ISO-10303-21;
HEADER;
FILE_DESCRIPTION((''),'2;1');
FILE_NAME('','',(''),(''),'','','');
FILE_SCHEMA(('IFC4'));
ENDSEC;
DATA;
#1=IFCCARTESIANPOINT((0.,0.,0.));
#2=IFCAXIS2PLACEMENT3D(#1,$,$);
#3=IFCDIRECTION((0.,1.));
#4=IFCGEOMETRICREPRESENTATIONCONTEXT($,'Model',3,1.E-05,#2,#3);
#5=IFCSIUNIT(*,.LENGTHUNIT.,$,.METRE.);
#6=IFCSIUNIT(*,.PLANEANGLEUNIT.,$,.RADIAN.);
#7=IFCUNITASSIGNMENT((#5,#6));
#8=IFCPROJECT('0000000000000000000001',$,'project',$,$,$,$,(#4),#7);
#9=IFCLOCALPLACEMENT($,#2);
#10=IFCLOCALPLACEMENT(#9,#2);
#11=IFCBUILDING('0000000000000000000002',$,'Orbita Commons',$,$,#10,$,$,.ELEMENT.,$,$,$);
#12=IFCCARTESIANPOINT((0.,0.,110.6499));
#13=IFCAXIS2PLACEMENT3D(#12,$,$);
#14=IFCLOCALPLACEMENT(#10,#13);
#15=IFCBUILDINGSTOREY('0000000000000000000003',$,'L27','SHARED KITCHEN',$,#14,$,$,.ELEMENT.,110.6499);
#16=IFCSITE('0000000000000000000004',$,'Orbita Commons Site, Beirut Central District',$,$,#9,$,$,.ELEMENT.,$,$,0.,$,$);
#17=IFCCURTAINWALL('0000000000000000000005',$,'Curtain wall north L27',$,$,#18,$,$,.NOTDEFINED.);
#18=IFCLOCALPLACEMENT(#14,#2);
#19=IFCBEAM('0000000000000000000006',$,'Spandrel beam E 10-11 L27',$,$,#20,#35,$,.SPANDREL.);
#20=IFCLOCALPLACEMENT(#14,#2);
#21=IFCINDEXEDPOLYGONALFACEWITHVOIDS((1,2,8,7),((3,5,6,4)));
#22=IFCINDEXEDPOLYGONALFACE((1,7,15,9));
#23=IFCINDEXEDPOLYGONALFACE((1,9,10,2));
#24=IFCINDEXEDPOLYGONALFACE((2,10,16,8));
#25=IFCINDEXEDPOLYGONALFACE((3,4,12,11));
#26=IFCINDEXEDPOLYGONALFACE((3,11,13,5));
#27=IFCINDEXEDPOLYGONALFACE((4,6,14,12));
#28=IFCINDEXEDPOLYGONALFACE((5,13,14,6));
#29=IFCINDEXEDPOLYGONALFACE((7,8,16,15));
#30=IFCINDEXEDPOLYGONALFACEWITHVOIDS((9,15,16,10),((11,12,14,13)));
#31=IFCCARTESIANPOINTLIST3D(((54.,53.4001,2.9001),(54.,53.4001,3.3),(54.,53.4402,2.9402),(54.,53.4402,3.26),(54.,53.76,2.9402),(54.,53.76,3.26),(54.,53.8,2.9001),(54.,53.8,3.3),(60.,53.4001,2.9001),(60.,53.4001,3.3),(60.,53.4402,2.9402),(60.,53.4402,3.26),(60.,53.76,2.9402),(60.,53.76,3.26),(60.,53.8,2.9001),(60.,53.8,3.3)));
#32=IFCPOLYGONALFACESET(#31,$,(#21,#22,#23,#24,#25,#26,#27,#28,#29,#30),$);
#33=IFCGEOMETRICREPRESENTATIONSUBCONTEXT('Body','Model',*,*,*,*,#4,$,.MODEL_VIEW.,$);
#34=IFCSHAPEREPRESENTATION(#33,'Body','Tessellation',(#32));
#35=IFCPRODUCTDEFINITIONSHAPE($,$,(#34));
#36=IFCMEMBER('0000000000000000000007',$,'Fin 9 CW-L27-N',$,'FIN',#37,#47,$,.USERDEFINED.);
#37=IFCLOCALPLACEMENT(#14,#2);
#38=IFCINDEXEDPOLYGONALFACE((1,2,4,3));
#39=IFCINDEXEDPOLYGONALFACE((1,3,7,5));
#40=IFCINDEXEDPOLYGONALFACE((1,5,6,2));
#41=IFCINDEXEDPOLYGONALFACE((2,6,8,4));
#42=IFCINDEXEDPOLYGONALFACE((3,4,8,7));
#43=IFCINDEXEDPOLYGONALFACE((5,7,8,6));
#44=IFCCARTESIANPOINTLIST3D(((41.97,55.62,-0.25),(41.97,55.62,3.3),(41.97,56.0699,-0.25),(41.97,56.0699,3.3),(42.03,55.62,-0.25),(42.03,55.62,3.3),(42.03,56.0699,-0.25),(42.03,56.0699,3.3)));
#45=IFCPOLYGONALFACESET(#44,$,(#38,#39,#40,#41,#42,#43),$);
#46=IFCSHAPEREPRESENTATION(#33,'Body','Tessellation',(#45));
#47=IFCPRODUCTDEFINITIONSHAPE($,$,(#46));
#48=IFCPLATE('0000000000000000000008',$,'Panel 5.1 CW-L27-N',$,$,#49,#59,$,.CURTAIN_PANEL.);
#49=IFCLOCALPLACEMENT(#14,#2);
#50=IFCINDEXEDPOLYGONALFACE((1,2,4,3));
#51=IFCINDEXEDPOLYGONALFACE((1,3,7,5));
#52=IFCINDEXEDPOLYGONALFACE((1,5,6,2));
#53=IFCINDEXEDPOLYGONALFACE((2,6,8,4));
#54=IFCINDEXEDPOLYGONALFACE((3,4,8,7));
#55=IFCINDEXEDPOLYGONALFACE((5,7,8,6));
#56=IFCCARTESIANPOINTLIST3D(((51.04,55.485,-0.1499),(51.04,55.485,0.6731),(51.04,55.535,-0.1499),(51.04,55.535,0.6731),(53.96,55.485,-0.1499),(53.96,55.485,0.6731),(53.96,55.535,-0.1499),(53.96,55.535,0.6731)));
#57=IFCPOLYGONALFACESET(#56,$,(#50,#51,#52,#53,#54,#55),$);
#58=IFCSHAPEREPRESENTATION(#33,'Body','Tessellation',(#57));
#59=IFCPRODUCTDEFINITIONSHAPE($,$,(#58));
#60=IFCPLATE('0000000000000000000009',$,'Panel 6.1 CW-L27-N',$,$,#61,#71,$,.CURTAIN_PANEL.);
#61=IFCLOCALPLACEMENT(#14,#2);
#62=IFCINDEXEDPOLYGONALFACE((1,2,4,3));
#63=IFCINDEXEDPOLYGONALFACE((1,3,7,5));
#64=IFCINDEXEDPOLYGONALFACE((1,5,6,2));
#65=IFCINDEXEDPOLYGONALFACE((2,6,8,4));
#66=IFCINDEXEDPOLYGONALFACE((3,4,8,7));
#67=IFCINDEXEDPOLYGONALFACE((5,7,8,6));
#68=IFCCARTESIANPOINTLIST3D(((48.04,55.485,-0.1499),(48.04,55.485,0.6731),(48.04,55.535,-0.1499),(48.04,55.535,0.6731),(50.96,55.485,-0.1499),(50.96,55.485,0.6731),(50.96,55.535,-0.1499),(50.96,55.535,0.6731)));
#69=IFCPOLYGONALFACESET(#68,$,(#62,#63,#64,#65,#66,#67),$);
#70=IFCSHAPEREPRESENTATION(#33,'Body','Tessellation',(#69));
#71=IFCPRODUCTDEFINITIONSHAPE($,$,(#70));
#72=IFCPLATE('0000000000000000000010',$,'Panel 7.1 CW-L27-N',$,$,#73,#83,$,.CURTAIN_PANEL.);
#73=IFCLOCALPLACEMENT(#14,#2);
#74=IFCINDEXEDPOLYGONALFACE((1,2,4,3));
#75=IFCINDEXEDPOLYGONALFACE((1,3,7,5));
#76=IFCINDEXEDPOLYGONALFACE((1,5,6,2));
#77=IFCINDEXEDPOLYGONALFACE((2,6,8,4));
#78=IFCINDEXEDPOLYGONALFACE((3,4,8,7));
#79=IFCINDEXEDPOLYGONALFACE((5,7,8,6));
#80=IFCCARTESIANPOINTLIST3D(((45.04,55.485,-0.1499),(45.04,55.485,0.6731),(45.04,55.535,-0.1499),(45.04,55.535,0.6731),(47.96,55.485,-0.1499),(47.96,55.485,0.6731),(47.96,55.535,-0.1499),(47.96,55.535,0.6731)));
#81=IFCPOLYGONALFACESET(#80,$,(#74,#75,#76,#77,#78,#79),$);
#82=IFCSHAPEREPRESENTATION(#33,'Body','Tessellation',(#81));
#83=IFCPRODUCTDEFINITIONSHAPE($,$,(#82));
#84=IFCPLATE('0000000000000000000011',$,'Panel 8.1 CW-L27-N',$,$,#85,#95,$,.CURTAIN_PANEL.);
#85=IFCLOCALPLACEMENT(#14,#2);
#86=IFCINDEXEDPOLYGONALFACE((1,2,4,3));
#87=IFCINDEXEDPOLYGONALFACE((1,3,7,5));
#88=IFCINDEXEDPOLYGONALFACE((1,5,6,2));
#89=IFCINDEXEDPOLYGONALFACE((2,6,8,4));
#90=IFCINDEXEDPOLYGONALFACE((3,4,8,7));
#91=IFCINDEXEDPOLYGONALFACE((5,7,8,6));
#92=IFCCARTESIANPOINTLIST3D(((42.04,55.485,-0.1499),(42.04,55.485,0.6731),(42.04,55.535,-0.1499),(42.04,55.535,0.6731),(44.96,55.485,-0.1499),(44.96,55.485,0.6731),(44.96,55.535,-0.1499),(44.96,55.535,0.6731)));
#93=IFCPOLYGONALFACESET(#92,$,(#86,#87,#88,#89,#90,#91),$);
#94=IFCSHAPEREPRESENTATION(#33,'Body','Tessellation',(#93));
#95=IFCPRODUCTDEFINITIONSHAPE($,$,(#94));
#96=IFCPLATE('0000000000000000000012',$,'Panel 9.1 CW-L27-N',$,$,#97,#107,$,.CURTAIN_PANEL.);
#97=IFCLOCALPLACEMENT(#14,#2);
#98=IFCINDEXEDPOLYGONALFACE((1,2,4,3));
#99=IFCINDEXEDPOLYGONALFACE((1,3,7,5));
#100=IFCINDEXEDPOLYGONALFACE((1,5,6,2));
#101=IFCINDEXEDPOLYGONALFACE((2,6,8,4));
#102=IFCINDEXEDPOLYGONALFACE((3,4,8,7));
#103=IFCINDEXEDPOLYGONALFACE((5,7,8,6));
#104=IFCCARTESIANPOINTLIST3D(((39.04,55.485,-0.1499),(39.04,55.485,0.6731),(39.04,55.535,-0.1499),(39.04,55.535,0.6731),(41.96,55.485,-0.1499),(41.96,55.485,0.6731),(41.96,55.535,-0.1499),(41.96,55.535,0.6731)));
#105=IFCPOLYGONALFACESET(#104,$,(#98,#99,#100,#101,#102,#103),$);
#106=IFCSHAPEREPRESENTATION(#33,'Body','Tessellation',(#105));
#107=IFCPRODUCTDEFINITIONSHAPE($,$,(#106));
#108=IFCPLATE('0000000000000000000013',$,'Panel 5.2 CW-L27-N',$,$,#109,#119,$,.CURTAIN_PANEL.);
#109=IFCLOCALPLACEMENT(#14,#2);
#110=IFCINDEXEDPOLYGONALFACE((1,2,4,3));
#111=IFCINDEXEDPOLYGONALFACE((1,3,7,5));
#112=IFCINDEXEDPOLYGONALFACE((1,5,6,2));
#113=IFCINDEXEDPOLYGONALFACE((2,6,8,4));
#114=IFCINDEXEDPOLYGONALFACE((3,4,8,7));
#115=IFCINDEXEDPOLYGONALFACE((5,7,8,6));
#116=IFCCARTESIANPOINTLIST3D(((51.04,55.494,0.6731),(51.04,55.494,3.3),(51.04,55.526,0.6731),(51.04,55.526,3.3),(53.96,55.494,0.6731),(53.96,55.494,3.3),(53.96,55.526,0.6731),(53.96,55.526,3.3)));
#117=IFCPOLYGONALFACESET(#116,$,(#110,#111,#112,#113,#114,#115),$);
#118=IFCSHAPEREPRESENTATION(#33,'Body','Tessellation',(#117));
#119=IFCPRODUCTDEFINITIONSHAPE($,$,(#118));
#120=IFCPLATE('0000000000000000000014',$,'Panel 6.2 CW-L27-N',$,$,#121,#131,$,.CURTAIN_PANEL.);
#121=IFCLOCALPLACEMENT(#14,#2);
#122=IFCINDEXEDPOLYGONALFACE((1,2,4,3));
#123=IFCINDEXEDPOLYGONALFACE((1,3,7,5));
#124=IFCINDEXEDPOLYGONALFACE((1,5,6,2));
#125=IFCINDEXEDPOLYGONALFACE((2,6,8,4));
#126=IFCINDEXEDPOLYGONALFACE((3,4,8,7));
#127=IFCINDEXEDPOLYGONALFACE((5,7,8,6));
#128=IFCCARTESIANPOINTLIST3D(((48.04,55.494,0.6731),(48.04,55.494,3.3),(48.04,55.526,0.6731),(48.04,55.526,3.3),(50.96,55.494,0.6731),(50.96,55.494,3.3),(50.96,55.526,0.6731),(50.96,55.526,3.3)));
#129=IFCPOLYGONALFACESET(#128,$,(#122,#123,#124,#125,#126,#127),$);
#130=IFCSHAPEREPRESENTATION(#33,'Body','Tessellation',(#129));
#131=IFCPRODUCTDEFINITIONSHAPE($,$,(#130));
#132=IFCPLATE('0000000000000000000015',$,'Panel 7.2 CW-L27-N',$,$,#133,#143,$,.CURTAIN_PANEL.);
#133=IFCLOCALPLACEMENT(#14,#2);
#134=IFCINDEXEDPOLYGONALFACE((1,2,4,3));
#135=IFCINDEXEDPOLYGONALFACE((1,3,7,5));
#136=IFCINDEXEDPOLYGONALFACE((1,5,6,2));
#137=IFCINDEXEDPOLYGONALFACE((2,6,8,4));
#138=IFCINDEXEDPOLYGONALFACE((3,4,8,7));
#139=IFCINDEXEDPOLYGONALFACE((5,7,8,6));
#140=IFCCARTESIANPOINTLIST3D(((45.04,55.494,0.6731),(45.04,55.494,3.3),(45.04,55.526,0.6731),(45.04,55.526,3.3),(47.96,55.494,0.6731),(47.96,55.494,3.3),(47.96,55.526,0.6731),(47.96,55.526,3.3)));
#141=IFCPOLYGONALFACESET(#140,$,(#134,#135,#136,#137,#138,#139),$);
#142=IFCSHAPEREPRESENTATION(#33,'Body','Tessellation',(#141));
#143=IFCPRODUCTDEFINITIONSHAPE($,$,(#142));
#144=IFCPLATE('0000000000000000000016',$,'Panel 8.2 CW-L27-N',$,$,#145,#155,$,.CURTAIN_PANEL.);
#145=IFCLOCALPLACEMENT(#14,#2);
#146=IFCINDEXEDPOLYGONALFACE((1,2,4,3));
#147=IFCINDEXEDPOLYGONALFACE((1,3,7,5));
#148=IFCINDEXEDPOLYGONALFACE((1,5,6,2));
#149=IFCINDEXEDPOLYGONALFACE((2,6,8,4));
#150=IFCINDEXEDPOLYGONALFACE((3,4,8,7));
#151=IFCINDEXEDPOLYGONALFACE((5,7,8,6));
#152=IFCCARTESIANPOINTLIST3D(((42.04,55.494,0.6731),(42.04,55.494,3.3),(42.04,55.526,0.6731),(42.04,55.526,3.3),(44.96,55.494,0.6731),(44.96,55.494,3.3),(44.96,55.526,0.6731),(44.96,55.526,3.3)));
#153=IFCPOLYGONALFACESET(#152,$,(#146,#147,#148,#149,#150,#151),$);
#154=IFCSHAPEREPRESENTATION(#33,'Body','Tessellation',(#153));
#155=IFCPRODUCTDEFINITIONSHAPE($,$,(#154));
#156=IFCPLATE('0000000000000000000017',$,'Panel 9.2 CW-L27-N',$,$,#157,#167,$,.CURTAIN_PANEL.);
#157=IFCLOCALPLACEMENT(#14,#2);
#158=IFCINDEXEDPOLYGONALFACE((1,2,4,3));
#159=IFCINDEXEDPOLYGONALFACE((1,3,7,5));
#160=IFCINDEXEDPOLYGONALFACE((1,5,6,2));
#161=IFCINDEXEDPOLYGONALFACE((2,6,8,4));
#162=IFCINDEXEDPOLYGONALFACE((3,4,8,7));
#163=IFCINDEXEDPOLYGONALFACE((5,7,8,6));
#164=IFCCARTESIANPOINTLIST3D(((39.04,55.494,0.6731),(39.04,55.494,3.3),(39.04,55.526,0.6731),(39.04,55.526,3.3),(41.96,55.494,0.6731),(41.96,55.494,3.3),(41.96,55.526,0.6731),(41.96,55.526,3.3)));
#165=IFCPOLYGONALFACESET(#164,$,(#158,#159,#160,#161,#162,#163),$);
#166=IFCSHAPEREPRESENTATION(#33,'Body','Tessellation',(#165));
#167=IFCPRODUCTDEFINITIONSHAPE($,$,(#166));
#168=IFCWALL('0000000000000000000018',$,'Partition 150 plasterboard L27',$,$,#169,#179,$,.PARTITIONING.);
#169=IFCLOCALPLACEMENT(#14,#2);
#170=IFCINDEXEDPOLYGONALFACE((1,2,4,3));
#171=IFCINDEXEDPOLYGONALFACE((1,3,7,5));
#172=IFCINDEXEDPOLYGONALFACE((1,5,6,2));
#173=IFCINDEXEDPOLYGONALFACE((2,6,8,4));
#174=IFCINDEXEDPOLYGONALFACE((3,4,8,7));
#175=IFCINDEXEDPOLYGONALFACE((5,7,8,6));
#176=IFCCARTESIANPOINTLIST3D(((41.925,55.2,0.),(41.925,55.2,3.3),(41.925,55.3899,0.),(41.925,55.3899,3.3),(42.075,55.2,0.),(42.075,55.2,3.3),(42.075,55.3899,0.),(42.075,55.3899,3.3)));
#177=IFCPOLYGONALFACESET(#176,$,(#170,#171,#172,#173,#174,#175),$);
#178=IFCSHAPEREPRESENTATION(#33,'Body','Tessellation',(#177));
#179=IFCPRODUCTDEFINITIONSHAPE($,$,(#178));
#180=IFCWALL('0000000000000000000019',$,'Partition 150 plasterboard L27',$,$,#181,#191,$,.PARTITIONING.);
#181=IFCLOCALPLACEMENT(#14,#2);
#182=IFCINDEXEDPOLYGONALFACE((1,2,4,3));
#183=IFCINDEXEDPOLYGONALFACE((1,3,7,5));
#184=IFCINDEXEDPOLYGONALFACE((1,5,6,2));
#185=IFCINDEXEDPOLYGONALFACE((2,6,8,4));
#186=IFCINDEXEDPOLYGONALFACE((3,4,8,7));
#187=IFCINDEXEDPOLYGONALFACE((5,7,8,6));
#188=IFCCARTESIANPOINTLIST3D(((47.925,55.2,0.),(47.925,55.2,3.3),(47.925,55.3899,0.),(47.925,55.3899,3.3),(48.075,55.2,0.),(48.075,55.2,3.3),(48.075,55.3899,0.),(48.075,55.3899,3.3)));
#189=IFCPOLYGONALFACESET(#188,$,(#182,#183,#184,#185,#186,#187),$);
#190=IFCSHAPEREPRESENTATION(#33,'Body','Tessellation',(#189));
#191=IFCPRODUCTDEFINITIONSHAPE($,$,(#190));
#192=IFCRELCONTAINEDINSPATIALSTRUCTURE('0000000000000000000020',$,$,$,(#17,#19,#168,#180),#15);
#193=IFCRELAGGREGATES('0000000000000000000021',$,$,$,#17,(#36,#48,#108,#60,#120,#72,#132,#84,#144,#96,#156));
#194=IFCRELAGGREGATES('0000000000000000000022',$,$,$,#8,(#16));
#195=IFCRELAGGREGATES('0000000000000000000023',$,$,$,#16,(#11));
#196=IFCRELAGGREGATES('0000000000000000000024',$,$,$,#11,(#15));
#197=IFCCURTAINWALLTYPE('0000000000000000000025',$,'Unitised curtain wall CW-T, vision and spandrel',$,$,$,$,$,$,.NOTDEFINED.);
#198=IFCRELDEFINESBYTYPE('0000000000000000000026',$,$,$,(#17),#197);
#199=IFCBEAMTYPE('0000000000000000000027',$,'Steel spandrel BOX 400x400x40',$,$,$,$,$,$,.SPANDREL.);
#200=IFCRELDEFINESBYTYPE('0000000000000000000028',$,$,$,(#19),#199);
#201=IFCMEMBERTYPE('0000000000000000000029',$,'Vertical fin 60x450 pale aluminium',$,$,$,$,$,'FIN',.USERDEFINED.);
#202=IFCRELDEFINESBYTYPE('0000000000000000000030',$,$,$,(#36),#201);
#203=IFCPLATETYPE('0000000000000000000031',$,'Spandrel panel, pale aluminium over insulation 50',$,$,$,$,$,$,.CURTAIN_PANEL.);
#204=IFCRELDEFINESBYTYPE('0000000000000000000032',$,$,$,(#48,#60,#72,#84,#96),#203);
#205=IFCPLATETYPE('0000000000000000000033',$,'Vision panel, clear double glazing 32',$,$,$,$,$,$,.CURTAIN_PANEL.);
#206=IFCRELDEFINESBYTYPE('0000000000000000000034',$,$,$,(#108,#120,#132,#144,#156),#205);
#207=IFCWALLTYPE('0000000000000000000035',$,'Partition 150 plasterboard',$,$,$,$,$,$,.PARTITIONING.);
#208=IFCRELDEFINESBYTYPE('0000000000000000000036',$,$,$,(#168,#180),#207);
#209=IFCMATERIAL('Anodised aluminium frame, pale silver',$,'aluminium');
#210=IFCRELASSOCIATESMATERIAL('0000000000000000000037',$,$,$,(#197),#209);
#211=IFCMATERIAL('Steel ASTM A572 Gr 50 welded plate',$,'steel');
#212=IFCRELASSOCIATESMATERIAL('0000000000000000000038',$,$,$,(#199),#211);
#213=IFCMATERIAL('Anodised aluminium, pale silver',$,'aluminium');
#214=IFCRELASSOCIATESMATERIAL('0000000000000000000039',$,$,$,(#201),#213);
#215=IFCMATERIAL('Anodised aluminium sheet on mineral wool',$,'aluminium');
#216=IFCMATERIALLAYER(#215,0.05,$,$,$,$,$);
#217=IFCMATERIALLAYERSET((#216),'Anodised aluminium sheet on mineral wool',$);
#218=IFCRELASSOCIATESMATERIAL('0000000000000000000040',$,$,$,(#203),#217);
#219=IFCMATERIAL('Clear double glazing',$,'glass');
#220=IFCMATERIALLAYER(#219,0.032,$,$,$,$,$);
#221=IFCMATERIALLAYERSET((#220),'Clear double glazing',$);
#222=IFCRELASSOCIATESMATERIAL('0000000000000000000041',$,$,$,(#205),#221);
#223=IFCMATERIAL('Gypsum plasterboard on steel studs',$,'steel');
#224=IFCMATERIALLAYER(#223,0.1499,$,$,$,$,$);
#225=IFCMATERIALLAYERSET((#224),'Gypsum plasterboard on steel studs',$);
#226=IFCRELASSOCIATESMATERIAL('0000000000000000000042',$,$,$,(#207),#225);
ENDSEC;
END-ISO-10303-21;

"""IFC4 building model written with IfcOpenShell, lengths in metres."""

from ifc_helpers import new_model, si_unit, direction, frame, frame_2d, origin, origin_2d, place, context, subcontext, project, spatial, rectangle, hollow_rectangle, extrude, material, layer, layer_set, material_profile, profile_set, type_object, element, aggregate, save


model = new_model("IFC4")

# Units and contexts
model_context = context("Model", 3, precision=1e-05, world=origin(), true_north=direction((0.0, 1.0)))
body_context = subcontext(model_context, "Body", "Model", "MODEL_VIEW")
ifc_project = project(units=[si_unit("LENGTHUNIT", "METRE"), si_unit("PLANEANGLEUNIT", "RADIAN")], contexts=[model_context])

# Site, building, storey
site_placement = place(None, origin())
site = spatial("IfcSite", under=ifc_project, at=site_placement, Name="Orbita Commons Site, Beirut Central District", CompositionType="ELEMENT", RefElevation=0.0)
building_placement = place(site_placement, origin())
building = spatial("IfcBuilding", under=site, at=building_placement, Name="Orbita Commons", CompositionType="ELEMENT")
storey_placement = place(building_placement, frame((0.0, 0.0, 110.6499)))
storey = spatial("IfcBuildingStorey", under=building, at=storey_placement, Name="L27", Description="SHARED KITCHEN", CompositionType="ELEMENT", Elevation=110.6499)

# Curtain wall
ifc_material_1 = material(Name="Anodised aluminium frame, pale silver", Category="aluminium")
curtain_wall_type = type_object("IfcCurtainWallType", Name="Unitised curtain wall CW-T, vision and spandrel", PredefinedType="NOTDEFINED", material=ifc_material_1)
curtain_wall_placement = place(storey_placement, origin())
curtain_wall = element("IfcCurtainWall", 1, at=curtain_wall_placement, inside=storey, type_object=curtain_wall_type, Name="Curtain wall north L27", PredefinedType="NOTDEFINED")

# Beam
ifc_material_2 = material(Name="Steel ASTM A572 Gr 50 welded plate", Category="steel")
ifc_material_profile_1 = material_profile(ifc_material_2, hollow_rectangle(XDim=0.3999, YDim=0.3999, WallThickness=0.04, at=origin_2d()), Name="BOX 400x400x40")
ifc_profile_set_1 = profile_set([ifc_material_profile_1], Name="Steel ASTM A572 Gr 50 welded plate")
beam_type = type_object("IfcBeamType", Name="Steel spandrel BOX 400x400x40", PredefinedType="SPANDREL", material=ifc_profile_set_1)
for number, where, z_axis, x_axis, name in (
    (2, (54.0, 53.6001, 3.1001), (1.0, 0.0, 0.0), (0.0, 1.0, 0.0), "Spandrel beam E 10-11 L27"),
):
    element("IfcBeam", number, at=place(storey_placement, frame(where, z_axis=z_axis, x_axis=x_axis)), inside=storey, type_object=beam_type, Name=name, PredefinedType="SPANDREL", context=body_context, shape_type="SweptSolid", body=[
        extrude(hollow_rectangle(XDim=0.3999, YDim=0.3999, WallThickness=0.04, at=origin_2d()), origin(), (0.0, 0.0, 1.0), 6.0),
    ])

# Member
ifc_material_3 = material(Name="Anodised aluminium, pale silver", Category="aluminium")
ifc_material_profile_2 = material_profile(ifc_material_3, rectangle(XDim=0.0601, YDim=0.45, at=origin_2d()), Name="FIN 60x450")
ifc_profile_set_2 = profile_set([ifc_material_profile_2], Name="Anodised aluminium, pale silver")
member_type_1 = type_object("IfcMemberType", Name="Vertical fin 60x450 pale aluminium", ElementType="FIN", PredefinedType="USERDEFINED", material=ifc_profile_set_2)
member_1_placement = place(storey_placement, frame((42.0, 55.845, -0.25), z_axis=(0.0, 0.0, 1.0), x_axis=(-1.0, 0.0, 0.0)))
member_1 = element("IfcMember", 3, at=member_1_placement, type_object=member_type_1, Name="Fin 9 CW-L27-N", ObjectType="FIN", PredefinedType="USERDEFINED", context=body_context, shape_type="SweptSolid", body=[
    extrude(rectangle(XDim=0.0601, YDim=0.45, at=origin_2d()), origin(), (0.0, 0.0, 1.0), 3.55),
])

# Plates
ifc_material_4 = material(Name="Anodised aluminium sheet on mineral wool", Category="aluminium")
ifc_layer_1 = layer(ifc_material_4, 0.05)
ifc_layer_set_1 = layer_set([ifc_layer_1], Name="Anodised aluminium sheet on mineral wool")
plate_type_1 = type_object("IfcPlateType", Name="Spandrel panel, pale aluminium over insulation 50", PredefinedType="CURTAIN_PANEL", material=ifc_layer_set_1)
plate_1_placement = place(storey_placement, frame((52.5, 55.51, -0.1499), z_axis=(0.0, 0.0, 1.0), x_axis=(-1.0, 0.0, 0.0)))
plate_1 = element("IfcPlate", 4, at=plate_1_placement, type_object=plate_type_1, Name="Panel 5.1 CW-L27-N", PredefinedType="CURTAIN_PANEL", context=body_context, shape_type="SweptSolid", body=[
    extrude(rectangle(XDim=2.9199, YDim=0.05, at=origin_2d()), origin(), (0.0, 0.0, 1.0), 0.823),
])
plate_2_placement = place(storey_placement, frame((49.5, 55.51, -0.1499), z_axis=(0.0, 0.0, 1.0), x_axis=(-1.0, 0.0, 0.0)))
plate_2 = element("IfcPlate", 5, at=plate_2_placement, type_object=plate_type_1, Name="Panel 6.1 CW-L27-N", PredefinedType="CURTAIN_PANEL", context=body_context, shape_type="SweptSolid", body=[
    extrude(rectangle(XDim=2.9199, YDim=0.05, at=origin_2d()), origin(), (0.0, 0.0, 1.0), 0.823),
])
plate_3_placement = place(storey_placement, frame((46.5, 55.51, -0.1499), z_axis=(0.0, 0.0, 1.0), x_axis=(-1.0, 0.0, 0.0)))
plate_3 = element("IfcPlate", 6, at=plate_3_placement, type_object=plate_type_1, Name="Panel 7.1 CW-L27-N", PredefinedType="CURTAIN_PANEL", context=body_context, shape_type="SweptSolid", body=[
    extrude(rectangle(XDim=2.9199, YDim=0.05, at=origin_2d()), origin(), (0.0, 0.0, 1.0), 0.823),
])
plate_4_placement = place(storey_placement, frame((43.5, 55.51, -0.1499), z_axis=(0.0, 0.0, 1.0), x_axis=(-1.0, 0.0, 0.0)))
plate_4 = element("IfcPlate", 7, at=plate_4_placement, type_object=plate_type_1, Name="Panel 8.1 CW-L27-N", PredefinedType="CURTAIN_PANEL", context=body_context, shape_type="SweptSolid", body=[
    extrude(rectangle(XDim=2.9199, YDim=0.05, at=origin_2d()), origin(), (0.0, 0.0, 1.0), 0.823),
])
plate_5_placement = place(storey_placement, frame((40.5, 55.51, -0.1499), z_axis=(0.0, 0.0, 1.0), x_axis=(-1.0, 0.0, 0.0)))
plate_5 = element("IfcPlate", 8, at=plate_5_placement, type_object=plate_type_1, Name="Panel 9.1 CW-L27-N", PredefinedType="CURTAIN_PANEL", context=body_context, shape_type="SweptSolid", body=[
    extrude(rectangle(XDim=2.9199, YDim=0.05, at=origin_2d()), origin(), (0.0, 0.0, 1.0), 0.823),
])
ifc_material_5 = material(Name="Clear double glazing", Category="glass")
ifc_layer_2 = layer(ifc_material_5, 0.032)
ifc_layer_set_2 = layer_set([ifc_layer_2], Name="Clear double glazing")
plate_type_2 = type_object("IfcPlateType", Name="Vision panel, clear double glazing 32", PredefinedType="CURTAIN_PANEL", material=ifc_layer_set_2)
plate_6_placement = place(storey_placement, frame((52.5, 55.51, 0.6731), z_axis=(0.0, 0.0, 1.0), x_axis=(-1.0, 0.0, 0.0)))
plate_6 = element("IfcPlate", 9, at=plate_6_placement, type_object=plate_type_2, Name="Panel 5.2 CW-L27-N", PredefinedType="CURTAIN_PANEL", context=body_context, shape_type="SweptSolid", body=[
    extrude(rectangle(XDim=2.9199, YDim=0.032, at=origin_2d()), origin(), (0.0, 0.0, 1.0), 2.627),
])
plate_7_placement = place(storey_placement, frame((49.5, 55.51, 0.6731), z_axis=(0.0, 0.0, 1.0), x_axis=(-1.0, 0.0, 0.0)))
plate_7 = element("IfcPlate", 10, at=plate_7_placement, type_object=plate_type_2, Name="Panel 6.2 CW-L27-N", PredefinedType="CURTAIN_PANEL", context=body_context, shape_type="SweptSolid", body=[
    extrude(rectangle(XDim=2.9199, YDim=0.032, at=origin_2d()), origin(), (0.0, 0.0, 1.0), 2.627),
])
plate_8_placement = place(storey_placement, frame((46.5, 55.51, 0.6731), z_axis=(0.0, 0.0, 1.0), x_axis=(-1.0, 0.0, 0.0)))
plate_8 = element("IfcPlate", 11, at=plate_8_placement, type_object=plate_type_2, Name="Panel 7.2 CW-L27-N", PredefinedType="CURTAIN_PANEL", context=body_context, shape_type="SweptSolid", body=[
    extrude(rectangle(XDim=2.9199, YDim=0.032, at=origin_2d()), origin(), (0.0, 0.0, 1.0), 2.627),
])
plate_9_placement = place(storey_placement, frame((43.5, 55.51, 0.6731), z_axis=(0.0, 0.0, 1.0), x_axis=(-1.0, 0.0, 0.0)))
plate_9 = element("IfcPlate", 12, at=plate_9_placement, type_object=plate_type_2, Name="Panel 8.2 CW-L27-N", PredefinedType="CURTAIN_PANEL", context=body_context, shape_type="SweptSolid", body=[
    extrude(rectangle(XDim=2.9199, YDim=0.032, at=origin_2d()), origin(), (0.0, 0.0, 1.0), 2.627),
])
plate_10_placement = place(storey_placement, frame((40.5, 55.51, 0.6731), z_axis=(0.0, 0.0, 1.0), x_axis=(-1.0, 0.0, 0.0)))
plate_10 = element("IfcPlate", 13, at=plate_10_placement, type_object=plate_type_2, Name="Panel 9.2 CW-L27-N", PredefinedType="CURTAIN_PANEL", context=body_context, shape_type="SweptSolid", body=[
    extrude(rectangle(XDim=2.9199, YDim=0.032, at=origin_2d()), origin(), (0.0, 0.0, 1.0), 2.627),
])
aggregate(curtain_wall, [member_1, plate_1, plate_6, plate_2, plate_7, plate_3, plate_8, plate_4, plate_9, plate_5, plate_10])

# Walls
ifc_material_6 = material(Name="Gypsum plasterboard on steel studs", Category="steel")
ifc_layer_3 = layer(ifc_material_6, 0.1499)
ifc_layer_set_3 = layer_set([ifc_layer_3], Name="Gypsum plasterboard on steel studs")
wall_type_1 = type_object("IfcWallType", Name="Partition 150 plasterboard", PredefinedType="PARTITIONING", material=ifc_layer_set_3)
for number, where, z_axis, x_axis, name in (
    (14, (42.0, 55.2, 0.0), (0.0, 0.0, 1.0), (0.0, 1.0, 0.0), "Partition 150 plasterboard L27"),
    (15, (48.0, 55.2, 0.0), (0.0, 0.0, 1.0), (0.0, 1.0, 0.0), "Partition 150 plasterboard L27"),
):
    element("IfcWall", number, at=place(storey_placement, frame(where, z_axis=z_axis, x_axis=x_axis)), inside=storey, type_object=wall_type_1, Name=name, PredefinedType="PARTITIONING", context=body_context, shape_type="SweptSolid", body=[
        extrude(rectangle(XDim=0.1899, YDim=0.1499, at=frame_2d((0.095, 0.0))), origin(), (0.0, 0.0, 1.0), 3.3),
    ])

save(model, "model.ifc")
